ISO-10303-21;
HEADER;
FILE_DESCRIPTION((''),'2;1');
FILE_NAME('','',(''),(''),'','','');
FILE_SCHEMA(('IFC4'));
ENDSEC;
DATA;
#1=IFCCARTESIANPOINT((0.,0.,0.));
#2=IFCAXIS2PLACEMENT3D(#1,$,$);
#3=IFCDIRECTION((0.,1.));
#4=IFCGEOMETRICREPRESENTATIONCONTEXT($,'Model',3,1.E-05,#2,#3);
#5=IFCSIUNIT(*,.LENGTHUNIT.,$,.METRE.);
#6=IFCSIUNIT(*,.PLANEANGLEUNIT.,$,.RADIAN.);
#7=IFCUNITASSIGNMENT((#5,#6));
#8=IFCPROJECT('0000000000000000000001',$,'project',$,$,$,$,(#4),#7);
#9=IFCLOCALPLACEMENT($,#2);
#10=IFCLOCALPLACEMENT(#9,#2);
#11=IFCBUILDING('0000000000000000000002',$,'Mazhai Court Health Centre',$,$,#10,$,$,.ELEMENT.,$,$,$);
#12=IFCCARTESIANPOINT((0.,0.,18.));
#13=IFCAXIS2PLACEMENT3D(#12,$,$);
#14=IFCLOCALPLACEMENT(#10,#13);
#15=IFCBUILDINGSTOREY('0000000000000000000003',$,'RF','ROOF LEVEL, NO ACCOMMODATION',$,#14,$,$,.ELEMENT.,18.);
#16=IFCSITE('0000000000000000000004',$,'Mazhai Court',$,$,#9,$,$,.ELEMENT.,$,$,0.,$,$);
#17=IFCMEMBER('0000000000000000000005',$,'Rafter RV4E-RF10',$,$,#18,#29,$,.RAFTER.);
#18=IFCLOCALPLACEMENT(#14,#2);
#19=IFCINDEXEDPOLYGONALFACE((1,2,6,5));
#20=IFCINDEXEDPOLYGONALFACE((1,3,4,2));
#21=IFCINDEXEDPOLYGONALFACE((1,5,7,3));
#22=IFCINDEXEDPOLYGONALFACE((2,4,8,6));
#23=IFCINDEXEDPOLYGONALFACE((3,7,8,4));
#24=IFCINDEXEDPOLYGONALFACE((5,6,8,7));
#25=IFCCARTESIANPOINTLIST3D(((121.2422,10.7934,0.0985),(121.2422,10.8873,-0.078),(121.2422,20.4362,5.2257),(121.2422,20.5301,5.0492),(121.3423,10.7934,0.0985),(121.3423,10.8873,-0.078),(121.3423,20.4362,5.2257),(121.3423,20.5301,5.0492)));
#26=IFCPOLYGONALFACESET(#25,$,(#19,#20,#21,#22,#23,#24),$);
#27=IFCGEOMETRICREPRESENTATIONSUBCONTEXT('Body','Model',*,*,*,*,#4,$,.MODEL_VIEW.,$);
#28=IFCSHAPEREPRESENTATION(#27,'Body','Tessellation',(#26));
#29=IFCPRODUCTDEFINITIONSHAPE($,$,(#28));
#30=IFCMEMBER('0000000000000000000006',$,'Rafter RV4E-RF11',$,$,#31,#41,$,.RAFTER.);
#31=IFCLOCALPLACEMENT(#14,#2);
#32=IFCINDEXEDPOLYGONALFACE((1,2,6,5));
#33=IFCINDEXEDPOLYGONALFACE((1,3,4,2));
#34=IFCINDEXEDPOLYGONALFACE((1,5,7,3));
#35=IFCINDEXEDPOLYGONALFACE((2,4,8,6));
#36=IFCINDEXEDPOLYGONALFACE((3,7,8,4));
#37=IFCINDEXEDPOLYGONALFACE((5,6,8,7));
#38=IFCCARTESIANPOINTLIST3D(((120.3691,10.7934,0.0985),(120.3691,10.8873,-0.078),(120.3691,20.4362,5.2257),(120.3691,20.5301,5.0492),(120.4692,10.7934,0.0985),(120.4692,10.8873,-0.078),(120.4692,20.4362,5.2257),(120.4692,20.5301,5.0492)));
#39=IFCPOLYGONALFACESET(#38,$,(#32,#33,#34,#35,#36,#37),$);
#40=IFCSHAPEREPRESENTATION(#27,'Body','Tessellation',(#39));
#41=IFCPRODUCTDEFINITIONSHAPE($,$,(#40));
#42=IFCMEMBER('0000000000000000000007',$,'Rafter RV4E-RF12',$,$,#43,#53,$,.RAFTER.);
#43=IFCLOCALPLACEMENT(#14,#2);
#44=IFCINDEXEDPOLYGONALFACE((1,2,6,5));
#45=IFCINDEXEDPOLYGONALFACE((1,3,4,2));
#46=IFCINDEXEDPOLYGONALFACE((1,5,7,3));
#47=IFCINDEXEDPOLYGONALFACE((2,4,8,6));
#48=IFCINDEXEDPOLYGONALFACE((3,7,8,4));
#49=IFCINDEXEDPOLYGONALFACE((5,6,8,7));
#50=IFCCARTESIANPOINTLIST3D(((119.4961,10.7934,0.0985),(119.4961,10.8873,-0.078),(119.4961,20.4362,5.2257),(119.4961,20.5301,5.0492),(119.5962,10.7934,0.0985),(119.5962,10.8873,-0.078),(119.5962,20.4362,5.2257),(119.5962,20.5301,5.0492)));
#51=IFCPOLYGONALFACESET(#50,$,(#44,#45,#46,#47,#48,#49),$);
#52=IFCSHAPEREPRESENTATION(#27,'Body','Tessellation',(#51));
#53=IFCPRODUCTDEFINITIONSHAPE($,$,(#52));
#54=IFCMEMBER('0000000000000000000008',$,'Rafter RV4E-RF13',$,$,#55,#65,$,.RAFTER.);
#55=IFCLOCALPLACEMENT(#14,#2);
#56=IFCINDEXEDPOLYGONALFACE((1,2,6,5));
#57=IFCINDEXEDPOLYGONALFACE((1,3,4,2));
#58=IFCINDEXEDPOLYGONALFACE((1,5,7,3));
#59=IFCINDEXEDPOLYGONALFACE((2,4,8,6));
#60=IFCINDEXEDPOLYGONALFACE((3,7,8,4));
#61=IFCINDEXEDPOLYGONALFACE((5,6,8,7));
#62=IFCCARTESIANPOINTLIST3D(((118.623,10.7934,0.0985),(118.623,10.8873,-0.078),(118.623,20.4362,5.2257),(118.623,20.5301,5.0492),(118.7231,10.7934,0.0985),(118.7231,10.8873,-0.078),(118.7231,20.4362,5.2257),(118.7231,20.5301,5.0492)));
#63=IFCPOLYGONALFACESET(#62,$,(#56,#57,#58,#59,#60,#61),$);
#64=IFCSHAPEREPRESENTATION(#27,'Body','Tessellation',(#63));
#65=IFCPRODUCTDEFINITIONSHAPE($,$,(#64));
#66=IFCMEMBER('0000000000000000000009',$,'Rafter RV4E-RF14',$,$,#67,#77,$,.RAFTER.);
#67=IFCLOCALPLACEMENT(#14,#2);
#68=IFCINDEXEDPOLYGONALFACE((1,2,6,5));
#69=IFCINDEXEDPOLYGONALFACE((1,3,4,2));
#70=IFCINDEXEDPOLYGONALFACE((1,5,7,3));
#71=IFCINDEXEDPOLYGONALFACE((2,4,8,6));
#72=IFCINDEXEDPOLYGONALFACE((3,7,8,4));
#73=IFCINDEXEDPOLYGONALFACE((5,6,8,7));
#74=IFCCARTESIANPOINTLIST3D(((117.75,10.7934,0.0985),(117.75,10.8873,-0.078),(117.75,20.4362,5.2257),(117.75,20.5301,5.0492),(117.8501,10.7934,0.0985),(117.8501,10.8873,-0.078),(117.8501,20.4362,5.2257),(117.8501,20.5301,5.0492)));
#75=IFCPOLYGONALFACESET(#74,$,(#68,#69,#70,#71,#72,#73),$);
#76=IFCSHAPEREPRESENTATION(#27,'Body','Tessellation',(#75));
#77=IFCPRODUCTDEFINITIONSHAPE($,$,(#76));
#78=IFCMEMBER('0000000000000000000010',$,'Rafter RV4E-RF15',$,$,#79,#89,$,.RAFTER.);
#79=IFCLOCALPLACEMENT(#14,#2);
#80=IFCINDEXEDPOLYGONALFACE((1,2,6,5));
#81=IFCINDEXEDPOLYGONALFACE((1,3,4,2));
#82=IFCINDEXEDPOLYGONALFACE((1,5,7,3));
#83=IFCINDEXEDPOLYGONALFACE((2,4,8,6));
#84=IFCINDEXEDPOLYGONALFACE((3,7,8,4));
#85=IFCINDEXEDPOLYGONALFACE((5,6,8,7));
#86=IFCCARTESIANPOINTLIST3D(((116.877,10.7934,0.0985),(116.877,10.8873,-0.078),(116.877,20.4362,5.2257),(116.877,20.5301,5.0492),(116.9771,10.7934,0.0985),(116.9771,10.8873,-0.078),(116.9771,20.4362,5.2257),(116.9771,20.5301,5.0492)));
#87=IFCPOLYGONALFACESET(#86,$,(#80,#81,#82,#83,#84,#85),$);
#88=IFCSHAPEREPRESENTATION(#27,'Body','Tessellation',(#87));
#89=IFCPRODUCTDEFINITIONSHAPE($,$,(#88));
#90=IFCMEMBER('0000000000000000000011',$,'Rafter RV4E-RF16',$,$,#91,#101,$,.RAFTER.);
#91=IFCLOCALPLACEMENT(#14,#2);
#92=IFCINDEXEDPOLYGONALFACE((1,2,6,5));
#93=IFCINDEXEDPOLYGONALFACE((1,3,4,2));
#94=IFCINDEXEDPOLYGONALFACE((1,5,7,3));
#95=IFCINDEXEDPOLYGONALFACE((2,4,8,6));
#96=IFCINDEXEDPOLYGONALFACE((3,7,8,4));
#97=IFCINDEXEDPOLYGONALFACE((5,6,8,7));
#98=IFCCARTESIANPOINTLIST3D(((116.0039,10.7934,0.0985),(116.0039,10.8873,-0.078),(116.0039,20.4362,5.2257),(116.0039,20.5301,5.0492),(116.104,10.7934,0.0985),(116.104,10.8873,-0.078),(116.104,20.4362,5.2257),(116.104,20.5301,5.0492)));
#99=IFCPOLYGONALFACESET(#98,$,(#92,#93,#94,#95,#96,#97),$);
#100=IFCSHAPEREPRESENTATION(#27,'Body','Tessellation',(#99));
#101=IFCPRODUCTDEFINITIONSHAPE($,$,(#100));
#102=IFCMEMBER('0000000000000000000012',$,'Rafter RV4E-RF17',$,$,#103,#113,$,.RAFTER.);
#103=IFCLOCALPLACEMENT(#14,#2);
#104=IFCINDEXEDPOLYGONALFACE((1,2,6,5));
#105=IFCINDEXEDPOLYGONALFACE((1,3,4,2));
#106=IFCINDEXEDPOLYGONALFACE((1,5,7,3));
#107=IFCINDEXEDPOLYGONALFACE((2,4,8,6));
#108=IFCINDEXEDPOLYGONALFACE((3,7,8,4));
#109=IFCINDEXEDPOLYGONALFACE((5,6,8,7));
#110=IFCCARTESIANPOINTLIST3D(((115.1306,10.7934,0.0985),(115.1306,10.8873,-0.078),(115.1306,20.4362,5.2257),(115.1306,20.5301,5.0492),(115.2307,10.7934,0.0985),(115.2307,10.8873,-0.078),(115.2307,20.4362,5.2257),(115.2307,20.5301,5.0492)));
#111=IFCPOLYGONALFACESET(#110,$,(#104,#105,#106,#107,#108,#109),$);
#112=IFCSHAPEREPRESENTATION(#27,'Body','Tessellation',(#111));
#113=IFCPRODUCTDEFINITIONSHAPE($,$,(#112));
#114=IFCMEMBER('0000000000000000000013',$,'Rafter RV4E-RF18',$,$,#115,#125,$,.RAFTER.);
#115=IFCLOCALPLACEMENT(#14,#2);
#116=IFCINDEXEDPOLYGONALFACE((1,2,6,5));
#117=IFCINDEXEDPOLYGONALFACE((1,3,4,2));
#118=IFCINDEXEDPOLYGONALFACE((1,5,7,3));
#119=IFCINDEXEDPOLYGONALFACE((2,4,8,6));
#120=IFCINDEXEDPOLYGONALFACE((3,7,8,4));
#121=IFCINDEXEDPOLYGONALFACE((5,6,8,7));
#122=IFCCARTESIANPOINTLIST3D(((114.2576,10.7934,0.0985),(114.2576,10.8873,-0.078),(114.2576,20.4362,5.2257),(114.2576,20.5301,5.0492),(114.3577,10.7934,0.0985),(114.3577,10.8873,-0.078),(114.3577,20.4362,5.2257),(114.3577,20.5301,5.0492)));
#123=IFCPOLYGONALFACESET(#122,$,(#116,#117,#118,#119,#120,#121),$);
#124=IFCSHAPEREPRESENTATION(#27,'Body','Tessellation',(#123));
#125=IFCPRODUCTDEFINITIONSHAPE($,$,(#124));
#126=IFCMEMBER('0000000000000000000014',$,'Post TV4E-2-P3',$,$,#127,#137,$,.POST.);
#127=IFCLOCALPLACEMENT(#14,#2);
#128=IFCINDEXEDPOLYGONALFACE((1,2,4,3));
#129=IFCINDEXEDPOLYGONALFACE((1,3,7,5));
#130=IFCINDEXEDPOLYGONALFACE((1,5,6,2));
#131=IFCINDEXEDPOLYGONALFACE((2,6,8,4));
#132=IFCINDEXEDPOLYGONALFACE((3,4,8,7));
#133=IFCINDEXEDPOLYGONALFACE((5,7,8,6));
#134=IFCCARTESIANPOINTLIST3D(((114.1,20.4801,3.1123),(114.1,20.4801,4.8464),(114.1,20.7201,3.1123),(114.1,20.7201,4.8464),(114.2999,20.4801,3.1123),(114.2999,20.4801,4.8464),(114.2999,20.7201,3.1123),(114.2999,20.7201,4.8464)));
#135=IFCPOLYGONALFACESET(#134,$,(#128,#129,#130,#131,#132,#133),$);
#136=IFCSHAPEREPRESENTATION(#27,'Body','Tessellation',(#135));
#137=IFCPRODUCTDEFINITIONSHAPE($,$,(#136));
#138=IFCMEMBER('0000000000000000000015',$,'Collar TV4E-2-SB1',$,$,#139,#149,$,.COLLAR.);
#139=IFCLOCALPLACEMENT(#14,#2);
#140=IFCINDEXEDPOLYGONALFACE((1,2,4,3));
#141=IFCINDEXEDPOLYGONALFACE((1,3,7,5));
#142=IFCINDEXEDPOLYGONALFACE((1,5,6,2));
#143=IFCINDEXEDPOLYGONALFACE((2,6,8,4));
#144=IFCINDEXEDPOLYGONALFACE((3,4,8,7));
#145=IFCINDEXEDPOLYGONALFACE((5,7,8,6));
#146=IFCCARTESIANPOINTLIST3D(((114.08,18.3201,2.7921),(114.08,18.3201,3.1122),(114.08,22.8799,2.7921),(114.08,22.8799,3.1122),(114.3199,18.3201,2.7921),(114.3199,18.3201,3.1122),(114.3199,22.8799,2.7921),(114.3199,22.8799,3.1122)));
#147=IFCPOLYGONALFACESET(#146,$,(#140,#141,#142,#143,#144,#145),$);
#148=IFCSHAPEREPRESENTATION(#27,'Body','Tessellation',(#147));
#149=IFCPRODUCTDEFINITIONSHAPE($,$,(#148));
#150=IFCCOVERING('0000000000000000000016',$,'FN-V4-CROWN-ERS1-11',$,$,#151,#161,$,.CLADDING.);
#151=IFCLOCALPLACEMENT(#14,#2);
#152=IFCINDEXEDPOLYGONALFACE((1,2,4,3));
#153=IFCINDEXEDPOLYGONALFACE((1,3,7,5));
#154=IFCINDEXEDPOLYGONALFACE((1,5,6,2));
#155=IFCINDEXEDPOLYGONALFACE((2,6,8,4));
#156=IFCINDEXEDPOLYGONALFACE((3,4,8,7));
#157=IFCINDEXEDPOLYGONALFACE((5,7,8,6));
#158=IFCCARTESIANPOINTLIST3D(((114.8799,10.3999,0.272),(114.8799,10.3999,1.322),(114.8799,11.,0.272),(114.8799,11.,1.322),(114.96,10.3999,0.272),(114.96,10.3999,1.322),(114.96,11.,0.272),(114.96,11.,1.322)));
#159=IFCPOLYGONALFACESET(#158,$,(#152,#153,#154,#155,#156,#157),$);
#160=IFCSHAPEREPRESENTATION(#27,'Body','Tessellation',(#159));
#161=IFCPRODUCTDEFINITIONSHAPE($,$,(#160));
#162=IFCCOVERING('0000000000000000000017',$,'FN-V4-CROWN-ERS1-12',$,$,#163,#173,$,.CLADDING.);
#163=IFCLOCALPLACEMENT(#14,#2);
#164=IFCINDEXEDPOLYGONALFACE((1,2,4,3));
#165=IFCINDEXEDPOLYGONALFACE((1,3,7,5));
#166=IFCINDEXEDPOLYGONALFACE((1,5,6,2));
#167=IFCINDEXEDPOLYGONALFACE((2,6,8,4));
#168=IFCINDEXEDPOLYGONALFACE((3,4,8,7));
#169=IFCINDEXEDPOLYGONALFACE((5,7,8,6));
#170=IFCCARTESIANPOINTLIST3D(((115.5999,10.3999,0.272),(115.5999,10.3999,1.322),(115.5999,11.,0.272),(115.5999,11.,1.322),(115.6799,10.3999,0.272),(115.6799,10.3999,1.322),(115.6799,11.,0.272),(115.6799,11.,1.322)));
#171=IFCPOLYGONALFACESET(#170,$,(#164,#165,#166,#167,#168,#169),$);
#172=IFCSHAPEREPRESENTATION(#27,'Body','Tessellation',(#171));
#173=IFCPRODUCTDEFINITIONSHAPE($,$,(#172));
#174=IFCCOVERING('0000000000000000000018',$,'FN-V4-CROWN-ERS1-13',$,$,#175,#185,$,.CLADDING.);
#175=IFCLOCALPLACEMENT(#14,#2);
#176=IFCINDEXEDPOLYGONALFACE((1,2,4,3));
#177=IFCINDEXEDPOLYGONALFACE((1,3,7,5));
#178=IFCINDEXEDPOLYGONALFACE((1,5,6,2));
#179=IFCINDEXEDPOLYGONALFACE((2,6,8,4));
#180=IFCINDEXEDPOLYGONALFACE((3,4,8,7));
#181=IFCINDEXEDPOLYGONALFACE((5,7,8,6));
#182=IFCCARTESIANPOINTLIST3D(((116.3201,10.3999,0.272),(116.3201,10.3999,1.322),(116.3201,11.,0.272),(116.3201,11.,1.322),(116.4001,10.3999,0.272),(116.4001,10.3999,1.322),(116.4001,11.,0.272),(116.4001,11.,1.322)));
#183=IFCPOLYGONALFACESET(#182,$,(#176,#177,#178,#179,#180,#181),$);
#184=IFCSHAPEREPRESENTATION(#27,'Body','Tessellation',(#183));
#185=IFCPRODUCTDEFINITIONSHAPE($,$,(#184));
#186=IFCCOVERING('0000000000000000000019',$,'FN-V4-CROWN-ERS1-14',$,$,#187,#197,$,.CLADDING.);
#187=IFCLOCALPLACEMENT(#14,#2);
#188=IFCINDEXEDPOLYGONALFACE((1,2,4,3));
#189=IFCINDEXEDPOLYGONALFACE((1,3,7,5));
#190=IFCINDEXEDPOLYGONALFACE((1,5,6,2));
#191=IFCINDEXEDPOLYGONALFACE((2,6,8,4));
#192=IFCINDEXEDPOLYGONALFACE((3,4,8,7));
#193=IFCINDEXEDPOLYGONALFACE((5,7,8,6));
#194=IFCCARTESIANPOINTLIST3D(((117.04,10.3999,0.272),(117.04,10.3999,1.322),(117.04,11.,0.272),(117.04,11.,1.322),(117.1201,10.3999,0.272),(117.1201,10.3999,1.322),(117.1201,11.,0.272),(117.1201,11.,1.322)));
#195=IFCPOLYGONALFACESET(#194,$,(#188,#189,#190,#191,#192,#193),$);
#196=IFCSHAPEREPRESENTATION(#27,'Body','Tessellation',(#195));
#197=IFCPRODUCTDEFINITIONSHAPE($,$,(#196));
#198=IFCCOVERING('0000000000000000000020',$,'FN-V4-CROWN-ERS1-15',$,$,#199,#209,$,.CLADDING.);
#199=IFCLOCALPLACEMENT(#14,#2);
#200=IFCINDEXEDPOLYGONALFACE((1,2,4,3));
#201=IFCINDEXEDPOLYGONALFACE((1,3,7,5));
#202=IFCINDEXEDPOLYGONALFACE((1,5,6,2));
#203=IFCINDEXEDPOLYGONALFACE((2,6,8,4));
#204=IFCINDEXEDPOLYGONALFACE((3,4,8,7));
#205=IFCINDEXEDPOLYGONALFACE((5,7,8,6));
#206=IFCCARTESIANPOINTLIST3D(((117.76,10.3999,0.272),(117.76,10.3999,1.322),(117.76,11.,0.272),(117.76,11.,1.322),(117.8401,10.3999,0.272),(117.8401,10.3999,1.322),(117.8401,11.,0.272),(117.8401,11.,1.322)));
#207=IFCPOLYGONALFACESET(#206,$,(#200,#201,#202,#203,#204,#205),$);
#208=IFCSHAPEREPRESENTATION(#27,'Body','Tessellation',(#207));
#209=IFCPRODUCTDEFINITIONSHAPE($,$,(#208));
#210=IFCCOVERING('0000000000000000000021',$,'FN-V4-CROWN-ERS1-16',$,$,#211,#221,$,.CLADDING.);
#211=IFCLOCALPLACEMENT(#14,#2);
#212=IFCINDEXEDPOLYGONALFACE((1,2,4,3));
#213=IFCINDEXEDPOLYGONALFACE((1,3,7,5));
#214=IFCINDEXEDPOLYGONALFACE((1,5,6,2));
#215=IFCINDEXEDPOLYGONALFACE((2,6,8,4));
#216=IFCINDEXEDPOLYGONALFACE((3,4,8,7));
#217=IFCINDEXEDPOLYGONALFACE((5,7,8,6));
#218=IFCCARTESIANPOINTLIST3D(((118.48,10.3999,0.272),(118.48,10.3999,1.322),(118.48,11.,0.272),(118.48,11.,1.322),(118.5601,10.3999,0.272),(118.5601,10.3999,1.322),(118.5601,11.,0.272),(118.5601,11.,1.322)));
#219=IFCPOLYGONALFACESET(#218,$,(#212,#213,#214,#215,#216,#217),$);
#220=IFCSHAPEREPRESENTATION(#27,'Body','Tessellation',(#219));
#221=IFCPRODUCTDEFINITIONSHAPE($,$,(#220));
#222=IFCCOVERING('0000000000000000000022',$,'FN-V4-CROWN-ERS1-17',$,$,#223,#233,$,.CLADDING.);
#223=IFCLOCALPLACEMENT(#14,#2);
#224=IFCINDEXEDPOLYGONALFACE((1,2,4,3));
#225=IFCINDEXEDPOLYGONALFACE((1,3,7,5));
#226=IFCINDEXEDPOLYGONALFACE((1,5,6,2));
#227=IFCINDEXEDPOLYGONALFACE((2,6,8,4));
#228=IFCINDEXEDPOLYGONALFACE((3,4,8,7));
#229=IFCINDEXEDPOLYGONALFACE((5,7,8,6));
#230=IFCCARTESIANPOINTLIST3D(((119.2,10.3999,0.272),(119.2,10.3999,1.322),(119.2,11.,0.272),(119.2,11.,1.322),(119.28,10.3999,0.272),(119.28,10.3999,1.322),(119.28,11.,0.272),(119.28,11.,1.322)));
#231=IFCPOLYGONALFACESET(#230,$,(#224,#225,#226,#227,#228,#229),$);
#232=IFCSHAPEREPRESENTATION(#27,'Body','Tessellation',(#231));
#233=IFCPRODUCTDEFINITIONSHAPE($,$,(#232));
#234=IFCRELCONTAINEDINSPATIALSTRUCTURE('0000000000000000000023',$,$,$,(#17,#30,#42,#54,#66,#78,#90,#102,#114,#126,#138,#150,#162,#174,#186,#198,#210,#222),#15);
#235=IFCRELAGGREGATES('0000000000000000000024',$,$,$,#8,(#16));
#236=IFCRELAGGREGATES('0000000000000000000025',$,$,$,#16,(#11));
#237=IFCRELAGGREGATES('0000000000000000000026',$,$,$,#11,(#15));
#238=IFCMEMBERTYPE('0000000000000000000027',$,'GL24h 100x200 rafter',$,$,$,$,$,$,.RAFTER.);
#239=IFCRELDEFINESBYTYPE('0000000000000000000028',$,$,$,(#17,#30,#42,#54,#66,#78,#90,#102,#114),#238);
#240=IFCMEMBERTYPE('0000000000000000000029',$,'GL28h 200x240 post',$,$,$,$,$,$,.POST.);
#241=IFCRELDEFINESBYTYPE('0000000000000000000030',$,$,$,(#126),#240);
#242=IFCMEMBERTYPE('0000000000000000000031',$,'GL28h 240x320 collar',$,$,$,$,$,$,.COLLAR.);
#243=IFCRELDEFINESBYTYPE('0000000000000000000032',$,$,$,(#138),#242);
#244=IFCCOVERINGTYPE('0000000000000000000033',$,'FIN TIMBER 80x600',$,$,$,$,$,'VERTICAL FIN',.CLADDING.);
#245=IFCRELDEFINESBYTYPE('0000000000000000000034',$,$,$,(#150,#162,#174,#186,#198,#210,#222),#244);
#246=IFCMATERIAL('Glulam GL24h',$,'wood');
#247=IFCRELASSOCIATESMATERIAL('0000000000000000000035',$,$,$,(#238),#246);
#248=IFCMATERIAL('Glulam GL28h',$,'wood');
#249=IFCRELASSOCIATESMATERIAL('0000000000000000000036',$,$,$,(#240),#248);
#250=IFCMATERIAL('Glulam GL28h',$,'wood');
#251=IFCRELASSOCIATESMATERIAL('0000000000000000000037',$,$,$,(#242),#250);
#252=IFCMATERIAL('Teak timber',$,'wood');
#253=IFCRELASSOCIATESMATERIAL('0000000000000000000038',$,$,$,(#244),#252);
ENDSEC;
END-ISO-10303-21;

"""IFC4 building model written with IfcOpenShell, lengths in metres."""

from ifc_helpers import new_model, si_unit, direction, frame, origin, origin_2d, place, context, subcontext, project, spatial, rectangle, extrude, material, material_profile, profile_set, type_object, element, save


model = new_model("IFC4")

# Units and contexts
model_context = context("Model", 3, precision=1e-05, world=origin(), true_north=direction((0.0, 1.0)))
body_context = subcontext(model_context, "Body", "Model", "MODEL_VIEW")
ifc_project = project(units=[si_unit("LENGTHUNIT", "METRE"), si_unit("PLANEANGLEUNIT", "RADIAN")], contexts=[model_context])

# Site, building, storey
site_placement = place(None, origin())
site = spatial("IfcSite", under=ifc_project, at=site_placement, Name="Mazhai Court", CompositionType="ELEMENT", RefElevation=0.0)
building_placement = place(site_placement, origin())
building = spatial("IfcBuilding", under=site, at=building_placement, Name="Mazhai Court Health Centre", CompositionType="ELEMENT")
storey_placement = place(building_placement, frame((0.0, 0.0, 18.0)))
storey = spatial("IfcBuildingStorey", under=building, at=storey_placement, Name="RF", Description="ROOF LEVEL, NO ACCOMMODATION", CompositionType="ELEMENT", Elevation=18.0)

# Members
ifc_material_1 = material(Name="Glulam GL24h", Category="wood")
ifc_material_profile_1 = material_profile(ifc_material_1, rectangle(XDim=0.1001, YDim=0.2, at=origin_2d()), Name="GL24h 100x200")
ifc_profile_set_1 = profile_set([ifc_material_profile_1], Name="Glulam GL24h")
member_type_1 = type_object("IfcMemberType", Name="GL24h 100x200 rafter", PredefinedType="RAFTER", material=ifc_profile_set_1)
for number, where, z_axis, x_axis, name in (
    (1, (121.2922, 10.8403, 0.0103), (0.0, 0.882947, 0.469473), (-1.0, 0.0, 0.0), "Rafter RV4E-RF10"),
    (2, (120.4192, 10.8403, 0.0103), (0.0, 0.882947, 0.469473), (-1.0, 0.0, 0.0), "Rafter RV4E-RF11"),
    (3, (119.5461, 10.8403, 0.0103), (0.0, 0.882947, 0.469473), (-1.0, 0.0, 0.0), "Rafter RV4E-RF12"),
    (4, (118.6731, 10.8403, 0.0103), (0.0, 0.882947, 0.469473), (-1.0, 0.0, 0.0), "Rafter RV4E-RF13"),
    (5, (117.8, 10.8403, 0.0103), (0.0, 0.882947, 0.469473), (-1.0, 0.0, 0.0), "Rafter RV4E-RF14"),
    (6, (116.927, 10.8403, 0.0103), (0.0, 0.882947, 0.469473), (-1.0, 0.0, 0.0), "Rafter RV4E-RF15"),
    (7, (116.054, 10.8403, 0.0103), (0.0, 0.882947, 0.469473), (-1.0, 0.0, 0.0), "Rafter RV4E-RF16"),
    (8, (115.1807, 10.8403, 0.0103), (0.0, 0.882947, 0.469473), (-1.0, 0.0, 0.0), "Rafter RV4E-RF17"),
    (9, (114.3076, 10.8403, 0.0103), (0.0, 0.882947, 0.469473), (-1.0, 0.0, 0.0), "Rafter RV4E-RF18"),
):
    element("IfcMember", number, at=place(storey_placement, frame(where, z_axis=z_axis, x_axis=x_axis)), inside=storey, type_object=member_type_1, Name=name, PredefinedType="RAFTER", context=body_context, shape_type="SweptSolid", body=[
        extrude(rectangle(XDim=0.1001, YDim=0.2, at=origin_2d()), origin(), (0.0, 0.0, 1.0), 10.9211),
    ])
ifc_material_2 = material(Name="Glulam GL28h", Category="wood")
ifc_material_profile_2 = material_profile(ifc_material_2, rectangle(XDim=0.2, YDim=0.24, at=origin_2d()), Name="GL28h 200x240")
ifc_profile_set_2 = profile_set([ifc_material_profile_2], Name="Glulam GL28h")
member_type_2 = type_object("IfcMemberType", Name="GL28h 200x240 post", PredefinedType="POST", material=ifc_profile_set_2)
member_1_placement = place(storey_placement, frame((114.2, 20.6001, 3.1123), z_axis=(0.0, 0.0, 1.0), x_axis=(1.0, 0.0, 0.0)))
element("IfcMember", 10, at=member_1_placement, inside=storey, type_object=member_type_2, Name="Post TV4E-2-P3", PredefinedType="POST", context=body_context, shape_type="SweptSolid", body=[
    extrude(rectangle(XDim=0.2, YDim=0.24, at=origin_2d()), origin(), (0.0, 0.0, 1.0), 1.7341),
])
ifc_material_3 = material(Name="Glulam GL28h", Category="wood")
ifc_material_profile_3 = material_profile(ifc_material_3, rectangle(XDim=0.24, YDim=0.3201, at=origin_2d()), Name="GL28h 240x320")
ifc_profile_set_3 = profile_set([ifc_material_profile_3], Name="Glulam GL28h")
member_type_3 = type_object("IfcMemberType", Name="GL28h 240x320 collar", PredefinedType="COLLAR", material=ifc_profile_set_3)
member_2_placement = place(storey_placement, frame((114.2, 18.3201, 2.9521), z_axis=(0.0, 1.0, 0.0), x_axis=(-1.0, 0.0, 0.0)))
element("IfcMember", 11, at=member_2_placement, inside=storey, type_object=member_type_3, Name="Collar TV4E-2-SB1", PredefinedType="COLLAR", context=body_context, shape_type="SweptSolid", body=[
    extrude(rectangle(XDim=0.24, YDim=0.3201, at=origin_2d()), origin(), (0.0, 0.0, 1.0), 4.5598),
])

# Coverings
ifc_material_4 = material(Name="Teak timber", Category="wood")
covering_type = type_object("IfcCoveringType", Name="FIN TIMBER 80x600", ElementType="VERTICAL FIN", PredefinedType="CLADDING", material=ifc_material_4)
for number, where, z_axis, x_axis, name in (
    (12, (114.9199, 10.7, 0.272), (0.0, 0.0, 1.0), (1.0, 0.0, 0.0), "FN-V4-CROWN-ERS1-11"),
    (13, (115.6399, 10.7, 0.272), (0.0, 0.0, 1.0), (1.0, 0.0, 0.0), "FN-V4-CROWN-ERS1-12"),
    (14, (116.3601, 10.7, 0.272), (0.0, 0.0, 1.0), (1.0, 0.0, 0.0), "FN-V4-CROWN-ERS1-13"),
    (15, (117.0801, 10.7, 0.272), (0.0, 0.0, 1.0), (1.0, 0.0, 0.0), "FN-V4-CROWN-ERS1-14"),
    (16, (117.8, 10.7, 0.272), (0.0, 0.0, 1.0), (1.0, 0.0, 0.0), "FN-V4-CROWN-ERS1-15"),
    (17, (118.52, 10.7, 0.272), (0.0, 0.0, 1.0), (1.0, 0.0, 0.0), "FN-V4-CROWN-ERS1-16"),
    (18, (119.24, 10.7, 0.272), (0.0, 0.0, 1.0), (1.0, 0.0, 0.0), "FN-V4-CROWN-ERS1-17"),
):
    element("IfcCovering", number, at=place(storey_placement, frame(where, z_axis=z_axis, x_axis=x_axis)), inside=storey, type_object=covering_type, Name=name, PredefinedType="CLADDING", context=body_context, shape_type="SweptSolid", body=[
        extrude(rectangle(XDim=0.0801, YDim=0.6001, at=origin_2d()), origin(), (0.0, 0.0, 1.0), 1.05),
    ])

save(model, "model.ifc")
